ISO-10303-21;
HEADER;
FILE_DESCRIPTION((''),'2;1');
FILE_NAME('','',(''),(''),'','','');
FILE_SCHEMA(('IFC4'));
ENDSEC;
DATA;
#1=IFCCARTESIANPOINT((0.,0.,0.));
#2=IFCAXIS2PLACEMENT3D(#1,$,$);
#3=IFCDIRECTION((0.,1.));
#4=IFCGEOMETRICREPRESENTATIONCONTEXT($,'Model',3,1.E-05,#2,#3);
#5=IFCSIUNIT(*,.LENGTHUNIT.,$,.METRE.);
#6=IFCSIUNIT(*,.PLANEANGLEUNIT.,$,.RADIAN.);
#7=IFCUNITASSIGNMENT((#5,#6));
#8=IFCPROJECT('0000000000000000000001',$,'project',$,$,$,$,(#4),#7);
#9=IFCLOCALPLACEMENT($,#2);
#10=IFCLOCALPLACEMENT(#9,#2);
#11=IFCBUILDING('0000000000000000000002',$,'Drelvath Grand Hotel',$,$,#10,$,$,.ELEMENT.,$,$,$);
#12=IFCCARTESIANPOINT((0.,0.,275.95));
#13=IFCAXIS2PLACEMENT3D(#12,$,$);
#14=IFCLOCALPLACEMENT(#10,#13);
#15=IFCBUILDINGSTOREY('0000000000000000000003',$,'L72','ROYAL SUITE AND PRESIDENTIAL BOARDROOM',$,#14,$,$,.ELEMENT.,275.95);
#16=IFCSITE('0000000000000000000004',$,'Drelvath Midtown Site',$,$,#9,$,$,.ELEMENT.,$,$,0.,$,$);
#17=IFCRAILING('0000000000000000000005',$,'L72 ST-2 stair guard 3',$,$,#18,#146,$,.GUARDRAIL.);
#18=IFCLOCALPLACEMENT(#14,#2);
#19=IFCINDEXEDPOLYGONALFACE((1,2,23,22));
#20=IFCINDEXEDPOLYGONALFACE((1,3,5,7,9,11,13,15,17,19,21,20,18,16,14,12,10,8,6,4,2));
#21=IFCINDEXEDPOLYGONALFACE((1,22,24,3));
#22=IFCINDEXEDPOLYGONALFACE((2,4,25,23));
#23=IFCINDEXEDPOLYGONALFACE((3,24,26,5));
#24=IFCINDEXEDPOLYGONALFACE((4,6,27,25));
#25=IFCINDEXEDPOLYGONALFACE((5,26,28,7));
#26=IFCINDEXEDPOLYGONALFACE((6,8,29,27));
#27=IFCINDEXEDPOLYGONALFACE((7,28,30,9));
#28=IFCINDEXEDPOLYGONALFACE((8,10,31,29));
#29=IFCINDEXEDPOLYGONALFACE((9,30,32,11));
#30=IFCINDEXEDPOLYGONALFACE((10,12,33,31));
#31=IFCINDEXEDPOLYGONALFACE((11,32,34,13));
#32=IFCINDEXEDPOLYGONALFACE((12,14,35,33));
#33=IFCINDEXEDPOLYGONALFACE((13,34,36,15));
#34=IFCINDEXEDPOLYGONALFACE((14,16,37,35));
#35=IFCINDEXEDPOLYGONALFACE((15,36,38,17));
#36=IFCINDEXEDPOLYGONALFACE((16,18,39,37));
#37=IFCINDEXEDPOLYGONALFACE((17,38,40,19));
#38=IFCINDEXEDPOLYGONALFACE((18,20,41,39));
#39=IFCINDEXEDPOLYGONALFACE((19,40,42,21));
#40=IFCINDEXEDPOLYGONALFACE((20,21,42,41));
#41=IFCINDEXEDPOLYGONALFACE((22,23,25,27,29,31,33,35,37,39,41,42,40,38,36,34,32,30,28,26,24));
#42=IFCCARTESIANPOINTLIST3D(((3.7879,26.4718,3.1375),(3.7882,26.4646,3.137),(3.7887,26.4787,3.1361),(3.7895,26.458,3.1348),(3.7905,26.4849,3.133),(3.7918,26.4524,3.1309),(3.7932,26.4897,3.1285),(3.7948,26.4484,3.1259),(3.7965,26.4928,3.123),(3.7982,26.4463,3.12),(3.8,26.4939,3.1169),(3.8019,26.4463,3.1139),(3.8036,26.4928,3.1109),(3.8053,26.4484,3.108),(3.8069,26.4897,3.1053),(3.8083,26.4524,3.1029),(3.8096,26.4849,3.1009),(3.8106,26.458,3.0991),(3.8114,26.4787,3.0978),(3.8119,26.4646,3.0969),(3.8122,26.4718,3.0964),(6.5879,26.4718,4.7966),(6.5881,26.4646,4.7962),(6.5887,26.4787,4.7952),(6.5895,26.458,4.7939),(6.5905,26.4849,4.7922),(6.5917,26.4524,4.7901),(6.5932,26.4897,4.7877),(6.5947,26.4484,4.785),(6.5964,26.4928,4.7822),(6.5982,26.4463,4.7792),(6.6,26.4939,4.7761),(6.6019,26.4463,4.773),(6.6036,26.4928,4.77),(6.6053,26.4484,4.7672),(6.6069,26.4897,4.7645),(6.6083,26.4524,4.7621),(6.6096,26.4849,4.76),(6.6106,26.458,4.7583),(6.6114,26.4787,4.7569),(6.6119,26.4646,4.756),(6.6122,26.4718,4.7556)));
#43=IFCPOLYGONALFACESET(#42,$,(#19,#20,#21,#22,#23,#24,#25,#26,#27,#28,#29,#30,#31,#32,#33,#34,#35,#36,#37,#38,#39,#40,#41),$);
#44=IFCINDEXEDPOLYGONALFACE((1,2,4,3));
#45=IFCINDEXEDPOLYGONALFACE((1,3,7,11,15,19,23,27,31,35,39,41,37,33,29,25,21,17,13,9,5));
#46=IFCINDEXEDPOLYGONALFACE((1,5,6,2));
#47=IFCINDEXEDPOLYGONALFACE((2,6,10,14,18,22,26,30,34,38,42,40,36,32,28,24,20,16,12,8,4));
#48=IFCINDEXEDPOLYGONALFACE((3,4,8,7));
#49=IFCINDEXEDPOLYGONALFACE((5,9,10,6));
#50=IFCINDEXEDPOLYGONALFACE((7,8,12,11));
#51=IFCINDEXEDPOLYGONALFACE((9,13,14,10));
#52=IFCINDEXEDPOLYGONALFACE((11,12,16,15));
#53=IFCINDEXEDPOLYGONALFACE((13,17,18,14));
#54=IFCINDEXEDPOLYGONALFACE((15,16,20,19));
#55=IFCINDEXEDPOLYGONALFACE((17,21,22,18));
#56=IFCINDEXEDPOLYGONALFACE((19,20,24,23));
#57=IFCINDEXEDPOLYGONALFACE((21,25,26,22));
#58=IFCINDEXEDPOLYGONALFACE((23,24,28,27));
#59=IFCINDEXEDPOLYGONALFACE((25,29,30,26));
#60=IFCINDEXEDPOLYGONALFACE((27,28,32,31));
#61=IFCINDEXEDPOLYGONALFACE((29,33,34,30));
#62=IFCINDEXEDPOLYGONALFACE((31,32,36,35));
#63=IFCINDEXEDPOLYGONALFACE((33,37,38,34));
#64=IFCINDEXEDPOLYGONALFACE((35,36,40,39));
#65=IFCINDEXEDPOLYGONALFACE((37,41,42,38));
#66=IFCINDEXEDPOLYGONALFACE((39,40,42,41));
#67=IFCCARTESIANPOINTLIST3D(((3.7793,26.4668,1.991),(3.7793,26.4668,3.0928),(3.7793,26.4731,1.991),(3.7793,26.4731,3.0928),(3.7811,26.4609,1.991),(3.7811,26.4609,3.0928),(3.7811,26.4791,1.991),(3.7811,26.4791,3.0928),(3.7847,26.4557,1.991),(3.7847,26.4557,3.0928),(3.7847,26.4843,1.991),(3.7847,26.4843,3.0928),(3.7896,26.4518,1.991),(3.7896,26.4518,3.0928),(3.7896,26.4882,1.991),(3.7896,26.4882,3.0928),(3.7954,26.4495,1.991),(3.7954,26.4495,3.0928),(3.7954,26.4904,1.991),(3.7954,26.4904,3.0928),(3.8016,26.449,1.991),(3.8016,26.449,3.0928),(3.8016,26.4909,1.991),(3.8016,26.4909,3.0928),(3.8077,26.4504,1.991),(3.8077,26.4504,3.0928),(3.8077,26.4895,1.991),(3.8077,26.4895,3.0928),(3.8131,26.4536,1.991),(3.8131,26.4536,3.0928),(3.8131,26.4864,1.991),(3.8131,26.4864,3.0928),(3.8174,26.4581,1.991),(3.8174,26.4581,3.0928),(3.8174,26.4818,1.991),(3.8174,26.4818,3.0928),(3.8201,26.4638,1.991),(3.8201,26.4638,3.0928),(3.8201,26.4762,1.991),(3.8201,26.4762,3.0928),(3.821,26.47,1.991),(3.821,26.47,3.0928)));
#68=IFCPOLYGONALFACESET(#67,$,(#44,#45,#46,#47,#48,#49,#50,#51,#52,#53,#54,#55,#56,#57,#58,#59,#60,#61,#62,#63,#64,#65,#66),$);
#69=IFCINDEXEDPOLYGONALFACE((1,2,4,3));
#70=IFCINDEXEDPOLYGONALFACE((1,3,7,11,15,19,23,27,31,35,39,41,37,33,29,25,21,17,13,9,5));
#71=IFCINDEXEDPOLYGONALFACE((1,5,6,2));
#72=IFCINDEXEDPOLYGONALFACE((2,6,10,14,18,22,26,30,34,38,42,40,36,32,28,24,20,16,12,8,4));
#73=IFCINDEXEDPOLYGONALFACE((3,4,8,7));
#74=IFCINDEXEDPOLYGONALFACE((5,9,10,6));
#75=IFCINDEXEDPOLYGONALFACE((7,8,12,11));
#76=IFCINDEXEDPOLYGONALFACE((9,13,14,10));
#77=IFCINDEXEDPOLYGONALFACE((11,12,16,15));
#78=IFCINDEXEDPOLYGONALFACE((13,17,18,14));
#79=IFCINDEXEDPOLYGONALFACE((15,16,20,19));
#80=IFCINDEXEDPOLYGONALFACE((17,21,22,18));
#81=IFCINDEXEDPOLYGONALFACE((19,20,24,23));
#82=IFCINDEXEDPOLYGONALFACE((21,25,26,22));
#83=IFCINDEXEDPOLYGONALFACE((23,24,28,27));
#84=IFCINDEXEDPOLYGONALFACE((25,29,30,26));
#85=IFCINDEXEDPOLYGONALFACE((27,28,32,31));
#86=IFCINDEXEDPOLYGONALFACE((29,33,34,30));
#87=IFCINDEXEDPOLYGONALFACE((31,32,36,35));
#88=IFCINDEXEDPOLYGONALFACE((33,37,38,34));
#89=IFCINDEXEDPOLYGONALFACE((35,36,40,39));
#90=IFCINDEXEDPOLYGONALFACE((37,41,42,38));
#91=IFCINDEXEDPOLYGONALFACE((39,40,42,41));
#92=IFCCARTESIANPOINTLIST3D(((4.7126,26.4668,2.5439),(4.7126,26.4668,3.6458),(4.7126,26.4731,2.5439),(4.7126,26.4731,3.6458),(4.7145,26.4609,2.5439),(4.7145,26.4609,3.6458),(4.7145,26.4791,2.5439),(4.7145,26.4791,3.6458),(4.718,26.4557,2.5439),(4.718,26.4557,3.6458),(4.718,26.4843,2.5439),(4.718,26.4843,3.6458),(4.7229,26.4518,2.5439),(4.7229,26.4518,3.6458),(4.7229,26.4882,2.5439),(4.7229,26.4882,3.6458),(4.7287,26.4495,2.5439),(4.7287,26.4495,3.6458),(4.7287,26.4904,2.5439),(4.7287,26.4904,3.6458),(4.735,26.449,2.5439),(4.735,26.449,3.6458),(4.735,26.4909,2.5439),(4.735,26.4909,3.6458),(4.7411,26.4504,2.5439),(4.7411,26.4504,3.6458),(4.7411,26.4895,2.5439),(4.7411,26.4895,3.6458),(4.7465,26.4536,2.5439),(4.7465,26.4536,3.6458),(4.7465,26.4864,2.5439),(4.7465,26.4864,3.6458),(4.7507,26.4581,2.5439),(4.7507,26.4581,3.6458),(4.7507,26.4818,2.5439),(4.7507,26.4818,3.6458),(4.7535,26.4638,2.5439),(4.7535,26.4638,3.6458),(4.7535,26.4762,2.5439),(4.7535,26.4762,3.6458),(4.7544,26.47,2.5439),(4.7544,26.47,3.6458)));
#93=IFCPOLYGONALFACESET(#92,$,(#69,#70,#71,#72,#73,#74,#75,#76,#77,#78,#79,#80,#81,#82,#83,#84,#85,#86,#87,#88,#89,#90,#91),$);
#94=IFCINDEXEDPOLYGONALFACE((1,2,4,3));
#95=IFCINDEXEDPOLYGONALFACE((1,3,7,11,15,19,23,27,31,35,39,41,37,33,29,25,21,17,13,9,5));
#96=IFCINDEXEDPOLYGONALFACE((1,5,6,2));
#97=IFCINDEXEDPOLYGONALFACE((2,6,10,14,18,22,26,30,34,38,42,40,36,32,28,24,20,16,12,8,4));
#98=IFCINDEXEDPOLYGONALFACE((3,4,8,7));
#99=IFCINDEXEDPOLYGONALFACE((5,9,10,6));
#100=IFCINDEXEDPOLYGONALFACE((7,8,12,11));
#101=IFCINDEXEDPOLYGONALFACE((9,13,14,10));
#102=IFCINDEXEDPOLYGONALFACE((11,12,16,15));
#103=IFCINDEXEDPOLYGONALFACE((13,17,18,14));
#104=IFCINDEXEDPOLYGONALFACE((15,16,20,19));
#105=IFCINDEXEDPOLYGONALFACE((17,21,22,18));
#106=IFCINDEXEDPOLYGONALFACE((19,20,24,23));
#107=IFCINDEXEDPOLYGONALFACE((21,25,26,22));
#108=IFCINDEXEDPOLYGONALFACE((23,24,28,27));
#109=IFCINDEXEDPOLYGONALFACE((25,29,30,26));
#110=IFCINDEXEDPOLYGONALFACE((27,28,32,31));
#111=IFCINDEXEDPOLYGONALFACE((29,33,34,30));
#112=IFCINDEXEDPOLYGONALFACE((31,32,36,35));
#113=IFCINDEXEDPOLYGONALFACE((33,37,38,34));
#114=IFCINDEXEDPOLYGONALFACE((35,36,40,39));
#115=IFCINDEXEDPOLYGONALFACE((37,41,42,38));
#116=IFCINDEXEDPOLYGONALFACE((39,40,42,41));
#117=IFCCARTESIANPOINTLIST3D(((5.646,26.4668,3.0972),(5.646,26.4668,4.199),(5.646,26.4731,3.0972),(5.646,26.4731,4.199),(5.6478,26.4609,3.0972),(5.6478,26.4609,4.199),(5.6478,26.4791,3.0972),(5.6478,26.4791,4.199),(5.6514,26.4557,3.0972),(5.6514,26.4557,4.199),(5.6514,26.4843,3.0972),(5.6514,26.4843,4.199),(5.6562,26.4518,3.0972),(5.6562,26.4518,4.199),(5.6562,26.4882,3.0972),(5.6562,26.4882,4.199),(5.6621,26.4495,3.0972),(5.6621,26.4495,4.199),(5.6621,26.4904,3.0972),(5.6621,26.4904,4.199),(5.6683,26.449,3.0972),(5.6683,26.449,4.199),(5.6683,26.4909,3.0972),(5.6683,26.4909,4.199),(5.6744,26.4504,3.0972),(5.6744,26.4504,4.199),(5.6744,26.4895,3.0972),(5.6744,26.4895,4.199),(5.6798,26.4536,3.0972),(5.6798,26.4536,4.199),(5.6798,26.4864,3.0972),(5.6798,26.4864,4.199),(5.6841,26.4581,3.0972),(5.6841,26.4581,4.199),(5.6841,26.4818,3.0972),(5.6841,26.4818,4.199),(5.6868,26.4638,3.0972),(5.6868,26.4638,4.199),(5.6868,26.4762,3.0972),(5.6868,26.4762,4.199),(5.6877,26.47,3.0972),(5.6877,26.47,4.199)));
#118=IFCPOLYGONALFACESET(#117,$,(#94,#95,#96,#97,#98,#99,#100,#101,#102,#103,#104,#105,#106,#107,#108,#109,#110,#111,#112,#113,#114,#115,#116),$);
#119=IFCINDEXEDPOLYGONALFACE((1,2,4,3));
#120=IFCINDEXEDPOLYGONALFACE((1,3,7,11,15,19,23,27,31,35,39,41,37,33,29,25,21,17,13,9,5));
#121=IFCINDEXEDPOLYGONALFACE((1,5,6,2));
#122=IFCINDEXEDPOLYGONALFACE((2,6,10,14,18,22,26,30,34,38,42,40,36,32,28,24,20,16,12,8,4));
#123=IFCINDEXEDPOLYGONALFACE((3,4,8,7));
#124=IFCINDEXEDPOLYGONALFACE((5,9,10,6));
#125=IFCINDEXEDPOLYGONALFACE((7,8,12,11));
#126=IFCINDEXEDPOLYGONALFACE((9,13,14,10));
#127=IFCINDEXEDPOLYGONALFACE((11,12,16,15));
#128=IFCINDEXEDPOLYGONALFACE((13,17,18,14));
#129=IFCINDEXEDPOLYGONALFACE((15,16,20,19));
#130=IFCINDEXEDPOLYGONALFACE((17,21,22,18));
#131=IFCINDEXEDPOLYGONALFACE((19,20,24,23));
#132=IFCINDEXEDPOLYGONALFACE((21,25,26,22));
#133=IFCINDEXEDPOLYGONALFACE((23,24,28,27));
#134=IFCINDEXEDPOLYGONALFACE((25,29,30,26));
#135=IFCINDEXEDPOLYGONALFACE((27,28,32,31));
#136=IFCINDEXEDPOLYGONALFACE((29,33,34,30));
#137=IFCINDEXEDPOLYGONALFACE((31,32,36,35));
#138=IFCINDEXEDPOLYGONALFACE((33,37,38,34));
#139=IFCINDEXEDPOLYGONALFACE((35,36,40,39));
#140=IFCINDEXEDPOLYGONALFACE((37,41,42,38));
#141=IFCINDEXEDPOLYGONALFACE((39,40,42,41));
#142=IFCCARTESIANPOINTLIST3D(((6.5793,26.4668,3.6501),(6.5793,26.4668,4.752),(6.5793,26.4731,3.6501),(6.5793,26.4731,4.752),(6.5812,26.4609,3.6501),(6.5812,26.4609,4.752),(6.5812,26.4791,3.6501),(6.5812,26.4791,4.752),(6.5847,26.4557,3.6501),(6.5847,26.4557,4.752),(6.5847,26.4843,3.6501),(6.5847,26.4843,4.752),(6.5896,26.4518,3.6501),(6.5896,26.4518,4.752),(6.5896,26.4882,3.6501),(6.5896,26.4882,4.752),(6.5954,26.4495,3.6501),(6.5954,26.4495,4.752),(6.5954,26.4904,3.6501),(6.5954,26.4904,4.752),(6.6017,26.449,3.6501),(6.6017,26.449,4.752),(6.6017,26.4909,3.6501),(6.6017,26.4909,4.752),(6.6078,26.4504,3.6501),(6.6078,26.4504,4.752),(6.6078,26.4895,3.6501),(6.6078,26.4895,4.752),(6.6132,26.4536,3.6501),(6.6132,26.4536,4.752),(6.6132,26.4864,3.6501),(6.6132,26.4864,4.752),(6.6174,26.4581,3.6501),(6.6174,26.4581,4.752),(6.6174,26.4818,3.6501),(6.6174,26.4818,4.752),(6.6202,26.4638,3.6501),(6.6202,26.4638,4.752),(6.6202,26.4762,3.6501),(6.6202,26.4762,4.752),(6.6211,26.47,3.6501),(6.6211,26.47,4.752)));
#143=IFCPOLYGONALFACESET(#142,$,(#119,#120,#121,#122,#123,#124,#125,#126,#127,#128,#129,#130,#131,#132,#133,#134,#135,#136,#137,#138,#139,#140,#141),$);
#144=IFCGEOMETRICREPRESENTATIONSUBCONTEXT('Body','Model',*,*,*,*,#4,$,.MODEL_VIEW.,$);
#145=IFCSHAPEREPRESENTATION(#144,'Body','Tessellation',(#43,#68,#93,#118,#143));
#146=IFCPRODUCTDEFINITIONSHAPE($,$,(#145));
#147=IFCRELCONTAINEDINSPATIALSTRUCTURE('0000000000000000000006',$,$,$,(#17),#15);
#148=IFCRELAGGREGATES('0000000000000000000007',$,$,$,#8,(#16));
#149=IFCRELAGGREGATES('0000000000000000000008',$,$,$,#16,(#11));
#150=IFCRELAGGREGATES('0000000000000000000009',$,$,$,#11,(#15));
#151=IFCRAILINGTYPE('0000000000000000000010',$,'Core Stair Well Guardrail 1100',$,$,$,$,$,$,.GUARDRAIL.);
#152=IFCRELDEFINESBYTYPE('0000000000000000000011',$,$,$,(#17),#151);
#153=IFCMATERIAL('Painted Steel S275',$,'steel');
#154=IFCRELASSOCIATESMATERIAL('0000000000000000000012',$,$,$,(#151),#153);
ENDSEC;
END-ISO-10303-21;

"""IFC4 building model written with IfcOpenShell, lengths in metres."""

from ifc_helpers import new_model, si_unit, direction, frame, origin, origin_2d, place, context, subcontext, project, spatial, circle, extrude, material, type_object, element, save


model = new_model("IFC4")

# Units and contexts
model_context = context("Model", 3, precision=1e-05, world=origin(), true_north=direction((0.0, 1.0)))
body_context = subcontext(model_context, "Body", "Model", "MODEL_VIEW")
ifc_project = project(units=[si_unit("LENGTHUNIT", "METRE"), si_unit("PLANEANGLEUNIT", "RADIAN")], contexts=[model_context])

# Site, building, storey
site_placement = place(None, origin())
site = spatial("IfcSite", under=ifc_project, at=site_placement, Name="Drelvath Midtown Site", CompositionType="ELEMENT", RefElevation=0.0)
building_placement = place(site_placement, origin())
building = spatial("IfcBuilding", under=site, at=building_placement, Name="Drelvath Grand Hotel", CompositionType="ELEMENT")
storey_placement = place(building_placement, frame((0.0, 0.0, 275.95)))
storey = spatial("IfcBuildingStorey", under=building, at=storey_placement, Name="L72", Description="ROYAL SUITE AND PRESIDENTIAL BOARDROOM", CompositionType="ELEMENT", Elevation=275.95)

# Railing
ifc_material_1 = material(Name="Painted Steel S275", Category="steel")
railing_type_1 = type_object("IfcRailingType", Name="Core Stair Well Guardrail 1100", PredefinedType="GUARDRAIL", material=ifc_material_1)
railing_1_placement = place(storey_placement, frame((3.8, 26.47, 1.991)))
element("IfcRailing", 1, at=railing_1_placement, inside=storey, type_object=railing_type_1, Name="L72 ST-2 stair guard 3", PredefinedType="GUARDRAIL", context=body_context, shape_type="SweptSolid", body=[
    extrude(circle(Radius=0.0239, at=origin_2d()), frame((0.0, 0.0, 1.126), z_axis=(0.860306, 0.0, 0.509778), x_axis=(0.0, 1.0, 0.0)), (0.0, 0.0, 1.0), 3.2546),
    extrude(circle(Radius=0.021, at=origin_2d()), origin(), (0.0, 0.0, 1.0), 1.1018),
    extrude(circle(Radius=0.021, at=origin_2d()), frame((0.9333, 0.0, 0.553)), (0.0, 0.0, 1.0), 1.1018),
    extrude(circle(Radius=0.021, at=origin_2d()), frame((1.8667, 0.0, 1.1062)), (0.0, 0.0, 1.0), 1.1018),
    extrude(circle(Radius=0.021, at=origin_2d()), frame((2.8, 0.0, 1.6592)), (0.0, 0.0, 1.0), 1.1018),
])

save(model, "model.ifc")
